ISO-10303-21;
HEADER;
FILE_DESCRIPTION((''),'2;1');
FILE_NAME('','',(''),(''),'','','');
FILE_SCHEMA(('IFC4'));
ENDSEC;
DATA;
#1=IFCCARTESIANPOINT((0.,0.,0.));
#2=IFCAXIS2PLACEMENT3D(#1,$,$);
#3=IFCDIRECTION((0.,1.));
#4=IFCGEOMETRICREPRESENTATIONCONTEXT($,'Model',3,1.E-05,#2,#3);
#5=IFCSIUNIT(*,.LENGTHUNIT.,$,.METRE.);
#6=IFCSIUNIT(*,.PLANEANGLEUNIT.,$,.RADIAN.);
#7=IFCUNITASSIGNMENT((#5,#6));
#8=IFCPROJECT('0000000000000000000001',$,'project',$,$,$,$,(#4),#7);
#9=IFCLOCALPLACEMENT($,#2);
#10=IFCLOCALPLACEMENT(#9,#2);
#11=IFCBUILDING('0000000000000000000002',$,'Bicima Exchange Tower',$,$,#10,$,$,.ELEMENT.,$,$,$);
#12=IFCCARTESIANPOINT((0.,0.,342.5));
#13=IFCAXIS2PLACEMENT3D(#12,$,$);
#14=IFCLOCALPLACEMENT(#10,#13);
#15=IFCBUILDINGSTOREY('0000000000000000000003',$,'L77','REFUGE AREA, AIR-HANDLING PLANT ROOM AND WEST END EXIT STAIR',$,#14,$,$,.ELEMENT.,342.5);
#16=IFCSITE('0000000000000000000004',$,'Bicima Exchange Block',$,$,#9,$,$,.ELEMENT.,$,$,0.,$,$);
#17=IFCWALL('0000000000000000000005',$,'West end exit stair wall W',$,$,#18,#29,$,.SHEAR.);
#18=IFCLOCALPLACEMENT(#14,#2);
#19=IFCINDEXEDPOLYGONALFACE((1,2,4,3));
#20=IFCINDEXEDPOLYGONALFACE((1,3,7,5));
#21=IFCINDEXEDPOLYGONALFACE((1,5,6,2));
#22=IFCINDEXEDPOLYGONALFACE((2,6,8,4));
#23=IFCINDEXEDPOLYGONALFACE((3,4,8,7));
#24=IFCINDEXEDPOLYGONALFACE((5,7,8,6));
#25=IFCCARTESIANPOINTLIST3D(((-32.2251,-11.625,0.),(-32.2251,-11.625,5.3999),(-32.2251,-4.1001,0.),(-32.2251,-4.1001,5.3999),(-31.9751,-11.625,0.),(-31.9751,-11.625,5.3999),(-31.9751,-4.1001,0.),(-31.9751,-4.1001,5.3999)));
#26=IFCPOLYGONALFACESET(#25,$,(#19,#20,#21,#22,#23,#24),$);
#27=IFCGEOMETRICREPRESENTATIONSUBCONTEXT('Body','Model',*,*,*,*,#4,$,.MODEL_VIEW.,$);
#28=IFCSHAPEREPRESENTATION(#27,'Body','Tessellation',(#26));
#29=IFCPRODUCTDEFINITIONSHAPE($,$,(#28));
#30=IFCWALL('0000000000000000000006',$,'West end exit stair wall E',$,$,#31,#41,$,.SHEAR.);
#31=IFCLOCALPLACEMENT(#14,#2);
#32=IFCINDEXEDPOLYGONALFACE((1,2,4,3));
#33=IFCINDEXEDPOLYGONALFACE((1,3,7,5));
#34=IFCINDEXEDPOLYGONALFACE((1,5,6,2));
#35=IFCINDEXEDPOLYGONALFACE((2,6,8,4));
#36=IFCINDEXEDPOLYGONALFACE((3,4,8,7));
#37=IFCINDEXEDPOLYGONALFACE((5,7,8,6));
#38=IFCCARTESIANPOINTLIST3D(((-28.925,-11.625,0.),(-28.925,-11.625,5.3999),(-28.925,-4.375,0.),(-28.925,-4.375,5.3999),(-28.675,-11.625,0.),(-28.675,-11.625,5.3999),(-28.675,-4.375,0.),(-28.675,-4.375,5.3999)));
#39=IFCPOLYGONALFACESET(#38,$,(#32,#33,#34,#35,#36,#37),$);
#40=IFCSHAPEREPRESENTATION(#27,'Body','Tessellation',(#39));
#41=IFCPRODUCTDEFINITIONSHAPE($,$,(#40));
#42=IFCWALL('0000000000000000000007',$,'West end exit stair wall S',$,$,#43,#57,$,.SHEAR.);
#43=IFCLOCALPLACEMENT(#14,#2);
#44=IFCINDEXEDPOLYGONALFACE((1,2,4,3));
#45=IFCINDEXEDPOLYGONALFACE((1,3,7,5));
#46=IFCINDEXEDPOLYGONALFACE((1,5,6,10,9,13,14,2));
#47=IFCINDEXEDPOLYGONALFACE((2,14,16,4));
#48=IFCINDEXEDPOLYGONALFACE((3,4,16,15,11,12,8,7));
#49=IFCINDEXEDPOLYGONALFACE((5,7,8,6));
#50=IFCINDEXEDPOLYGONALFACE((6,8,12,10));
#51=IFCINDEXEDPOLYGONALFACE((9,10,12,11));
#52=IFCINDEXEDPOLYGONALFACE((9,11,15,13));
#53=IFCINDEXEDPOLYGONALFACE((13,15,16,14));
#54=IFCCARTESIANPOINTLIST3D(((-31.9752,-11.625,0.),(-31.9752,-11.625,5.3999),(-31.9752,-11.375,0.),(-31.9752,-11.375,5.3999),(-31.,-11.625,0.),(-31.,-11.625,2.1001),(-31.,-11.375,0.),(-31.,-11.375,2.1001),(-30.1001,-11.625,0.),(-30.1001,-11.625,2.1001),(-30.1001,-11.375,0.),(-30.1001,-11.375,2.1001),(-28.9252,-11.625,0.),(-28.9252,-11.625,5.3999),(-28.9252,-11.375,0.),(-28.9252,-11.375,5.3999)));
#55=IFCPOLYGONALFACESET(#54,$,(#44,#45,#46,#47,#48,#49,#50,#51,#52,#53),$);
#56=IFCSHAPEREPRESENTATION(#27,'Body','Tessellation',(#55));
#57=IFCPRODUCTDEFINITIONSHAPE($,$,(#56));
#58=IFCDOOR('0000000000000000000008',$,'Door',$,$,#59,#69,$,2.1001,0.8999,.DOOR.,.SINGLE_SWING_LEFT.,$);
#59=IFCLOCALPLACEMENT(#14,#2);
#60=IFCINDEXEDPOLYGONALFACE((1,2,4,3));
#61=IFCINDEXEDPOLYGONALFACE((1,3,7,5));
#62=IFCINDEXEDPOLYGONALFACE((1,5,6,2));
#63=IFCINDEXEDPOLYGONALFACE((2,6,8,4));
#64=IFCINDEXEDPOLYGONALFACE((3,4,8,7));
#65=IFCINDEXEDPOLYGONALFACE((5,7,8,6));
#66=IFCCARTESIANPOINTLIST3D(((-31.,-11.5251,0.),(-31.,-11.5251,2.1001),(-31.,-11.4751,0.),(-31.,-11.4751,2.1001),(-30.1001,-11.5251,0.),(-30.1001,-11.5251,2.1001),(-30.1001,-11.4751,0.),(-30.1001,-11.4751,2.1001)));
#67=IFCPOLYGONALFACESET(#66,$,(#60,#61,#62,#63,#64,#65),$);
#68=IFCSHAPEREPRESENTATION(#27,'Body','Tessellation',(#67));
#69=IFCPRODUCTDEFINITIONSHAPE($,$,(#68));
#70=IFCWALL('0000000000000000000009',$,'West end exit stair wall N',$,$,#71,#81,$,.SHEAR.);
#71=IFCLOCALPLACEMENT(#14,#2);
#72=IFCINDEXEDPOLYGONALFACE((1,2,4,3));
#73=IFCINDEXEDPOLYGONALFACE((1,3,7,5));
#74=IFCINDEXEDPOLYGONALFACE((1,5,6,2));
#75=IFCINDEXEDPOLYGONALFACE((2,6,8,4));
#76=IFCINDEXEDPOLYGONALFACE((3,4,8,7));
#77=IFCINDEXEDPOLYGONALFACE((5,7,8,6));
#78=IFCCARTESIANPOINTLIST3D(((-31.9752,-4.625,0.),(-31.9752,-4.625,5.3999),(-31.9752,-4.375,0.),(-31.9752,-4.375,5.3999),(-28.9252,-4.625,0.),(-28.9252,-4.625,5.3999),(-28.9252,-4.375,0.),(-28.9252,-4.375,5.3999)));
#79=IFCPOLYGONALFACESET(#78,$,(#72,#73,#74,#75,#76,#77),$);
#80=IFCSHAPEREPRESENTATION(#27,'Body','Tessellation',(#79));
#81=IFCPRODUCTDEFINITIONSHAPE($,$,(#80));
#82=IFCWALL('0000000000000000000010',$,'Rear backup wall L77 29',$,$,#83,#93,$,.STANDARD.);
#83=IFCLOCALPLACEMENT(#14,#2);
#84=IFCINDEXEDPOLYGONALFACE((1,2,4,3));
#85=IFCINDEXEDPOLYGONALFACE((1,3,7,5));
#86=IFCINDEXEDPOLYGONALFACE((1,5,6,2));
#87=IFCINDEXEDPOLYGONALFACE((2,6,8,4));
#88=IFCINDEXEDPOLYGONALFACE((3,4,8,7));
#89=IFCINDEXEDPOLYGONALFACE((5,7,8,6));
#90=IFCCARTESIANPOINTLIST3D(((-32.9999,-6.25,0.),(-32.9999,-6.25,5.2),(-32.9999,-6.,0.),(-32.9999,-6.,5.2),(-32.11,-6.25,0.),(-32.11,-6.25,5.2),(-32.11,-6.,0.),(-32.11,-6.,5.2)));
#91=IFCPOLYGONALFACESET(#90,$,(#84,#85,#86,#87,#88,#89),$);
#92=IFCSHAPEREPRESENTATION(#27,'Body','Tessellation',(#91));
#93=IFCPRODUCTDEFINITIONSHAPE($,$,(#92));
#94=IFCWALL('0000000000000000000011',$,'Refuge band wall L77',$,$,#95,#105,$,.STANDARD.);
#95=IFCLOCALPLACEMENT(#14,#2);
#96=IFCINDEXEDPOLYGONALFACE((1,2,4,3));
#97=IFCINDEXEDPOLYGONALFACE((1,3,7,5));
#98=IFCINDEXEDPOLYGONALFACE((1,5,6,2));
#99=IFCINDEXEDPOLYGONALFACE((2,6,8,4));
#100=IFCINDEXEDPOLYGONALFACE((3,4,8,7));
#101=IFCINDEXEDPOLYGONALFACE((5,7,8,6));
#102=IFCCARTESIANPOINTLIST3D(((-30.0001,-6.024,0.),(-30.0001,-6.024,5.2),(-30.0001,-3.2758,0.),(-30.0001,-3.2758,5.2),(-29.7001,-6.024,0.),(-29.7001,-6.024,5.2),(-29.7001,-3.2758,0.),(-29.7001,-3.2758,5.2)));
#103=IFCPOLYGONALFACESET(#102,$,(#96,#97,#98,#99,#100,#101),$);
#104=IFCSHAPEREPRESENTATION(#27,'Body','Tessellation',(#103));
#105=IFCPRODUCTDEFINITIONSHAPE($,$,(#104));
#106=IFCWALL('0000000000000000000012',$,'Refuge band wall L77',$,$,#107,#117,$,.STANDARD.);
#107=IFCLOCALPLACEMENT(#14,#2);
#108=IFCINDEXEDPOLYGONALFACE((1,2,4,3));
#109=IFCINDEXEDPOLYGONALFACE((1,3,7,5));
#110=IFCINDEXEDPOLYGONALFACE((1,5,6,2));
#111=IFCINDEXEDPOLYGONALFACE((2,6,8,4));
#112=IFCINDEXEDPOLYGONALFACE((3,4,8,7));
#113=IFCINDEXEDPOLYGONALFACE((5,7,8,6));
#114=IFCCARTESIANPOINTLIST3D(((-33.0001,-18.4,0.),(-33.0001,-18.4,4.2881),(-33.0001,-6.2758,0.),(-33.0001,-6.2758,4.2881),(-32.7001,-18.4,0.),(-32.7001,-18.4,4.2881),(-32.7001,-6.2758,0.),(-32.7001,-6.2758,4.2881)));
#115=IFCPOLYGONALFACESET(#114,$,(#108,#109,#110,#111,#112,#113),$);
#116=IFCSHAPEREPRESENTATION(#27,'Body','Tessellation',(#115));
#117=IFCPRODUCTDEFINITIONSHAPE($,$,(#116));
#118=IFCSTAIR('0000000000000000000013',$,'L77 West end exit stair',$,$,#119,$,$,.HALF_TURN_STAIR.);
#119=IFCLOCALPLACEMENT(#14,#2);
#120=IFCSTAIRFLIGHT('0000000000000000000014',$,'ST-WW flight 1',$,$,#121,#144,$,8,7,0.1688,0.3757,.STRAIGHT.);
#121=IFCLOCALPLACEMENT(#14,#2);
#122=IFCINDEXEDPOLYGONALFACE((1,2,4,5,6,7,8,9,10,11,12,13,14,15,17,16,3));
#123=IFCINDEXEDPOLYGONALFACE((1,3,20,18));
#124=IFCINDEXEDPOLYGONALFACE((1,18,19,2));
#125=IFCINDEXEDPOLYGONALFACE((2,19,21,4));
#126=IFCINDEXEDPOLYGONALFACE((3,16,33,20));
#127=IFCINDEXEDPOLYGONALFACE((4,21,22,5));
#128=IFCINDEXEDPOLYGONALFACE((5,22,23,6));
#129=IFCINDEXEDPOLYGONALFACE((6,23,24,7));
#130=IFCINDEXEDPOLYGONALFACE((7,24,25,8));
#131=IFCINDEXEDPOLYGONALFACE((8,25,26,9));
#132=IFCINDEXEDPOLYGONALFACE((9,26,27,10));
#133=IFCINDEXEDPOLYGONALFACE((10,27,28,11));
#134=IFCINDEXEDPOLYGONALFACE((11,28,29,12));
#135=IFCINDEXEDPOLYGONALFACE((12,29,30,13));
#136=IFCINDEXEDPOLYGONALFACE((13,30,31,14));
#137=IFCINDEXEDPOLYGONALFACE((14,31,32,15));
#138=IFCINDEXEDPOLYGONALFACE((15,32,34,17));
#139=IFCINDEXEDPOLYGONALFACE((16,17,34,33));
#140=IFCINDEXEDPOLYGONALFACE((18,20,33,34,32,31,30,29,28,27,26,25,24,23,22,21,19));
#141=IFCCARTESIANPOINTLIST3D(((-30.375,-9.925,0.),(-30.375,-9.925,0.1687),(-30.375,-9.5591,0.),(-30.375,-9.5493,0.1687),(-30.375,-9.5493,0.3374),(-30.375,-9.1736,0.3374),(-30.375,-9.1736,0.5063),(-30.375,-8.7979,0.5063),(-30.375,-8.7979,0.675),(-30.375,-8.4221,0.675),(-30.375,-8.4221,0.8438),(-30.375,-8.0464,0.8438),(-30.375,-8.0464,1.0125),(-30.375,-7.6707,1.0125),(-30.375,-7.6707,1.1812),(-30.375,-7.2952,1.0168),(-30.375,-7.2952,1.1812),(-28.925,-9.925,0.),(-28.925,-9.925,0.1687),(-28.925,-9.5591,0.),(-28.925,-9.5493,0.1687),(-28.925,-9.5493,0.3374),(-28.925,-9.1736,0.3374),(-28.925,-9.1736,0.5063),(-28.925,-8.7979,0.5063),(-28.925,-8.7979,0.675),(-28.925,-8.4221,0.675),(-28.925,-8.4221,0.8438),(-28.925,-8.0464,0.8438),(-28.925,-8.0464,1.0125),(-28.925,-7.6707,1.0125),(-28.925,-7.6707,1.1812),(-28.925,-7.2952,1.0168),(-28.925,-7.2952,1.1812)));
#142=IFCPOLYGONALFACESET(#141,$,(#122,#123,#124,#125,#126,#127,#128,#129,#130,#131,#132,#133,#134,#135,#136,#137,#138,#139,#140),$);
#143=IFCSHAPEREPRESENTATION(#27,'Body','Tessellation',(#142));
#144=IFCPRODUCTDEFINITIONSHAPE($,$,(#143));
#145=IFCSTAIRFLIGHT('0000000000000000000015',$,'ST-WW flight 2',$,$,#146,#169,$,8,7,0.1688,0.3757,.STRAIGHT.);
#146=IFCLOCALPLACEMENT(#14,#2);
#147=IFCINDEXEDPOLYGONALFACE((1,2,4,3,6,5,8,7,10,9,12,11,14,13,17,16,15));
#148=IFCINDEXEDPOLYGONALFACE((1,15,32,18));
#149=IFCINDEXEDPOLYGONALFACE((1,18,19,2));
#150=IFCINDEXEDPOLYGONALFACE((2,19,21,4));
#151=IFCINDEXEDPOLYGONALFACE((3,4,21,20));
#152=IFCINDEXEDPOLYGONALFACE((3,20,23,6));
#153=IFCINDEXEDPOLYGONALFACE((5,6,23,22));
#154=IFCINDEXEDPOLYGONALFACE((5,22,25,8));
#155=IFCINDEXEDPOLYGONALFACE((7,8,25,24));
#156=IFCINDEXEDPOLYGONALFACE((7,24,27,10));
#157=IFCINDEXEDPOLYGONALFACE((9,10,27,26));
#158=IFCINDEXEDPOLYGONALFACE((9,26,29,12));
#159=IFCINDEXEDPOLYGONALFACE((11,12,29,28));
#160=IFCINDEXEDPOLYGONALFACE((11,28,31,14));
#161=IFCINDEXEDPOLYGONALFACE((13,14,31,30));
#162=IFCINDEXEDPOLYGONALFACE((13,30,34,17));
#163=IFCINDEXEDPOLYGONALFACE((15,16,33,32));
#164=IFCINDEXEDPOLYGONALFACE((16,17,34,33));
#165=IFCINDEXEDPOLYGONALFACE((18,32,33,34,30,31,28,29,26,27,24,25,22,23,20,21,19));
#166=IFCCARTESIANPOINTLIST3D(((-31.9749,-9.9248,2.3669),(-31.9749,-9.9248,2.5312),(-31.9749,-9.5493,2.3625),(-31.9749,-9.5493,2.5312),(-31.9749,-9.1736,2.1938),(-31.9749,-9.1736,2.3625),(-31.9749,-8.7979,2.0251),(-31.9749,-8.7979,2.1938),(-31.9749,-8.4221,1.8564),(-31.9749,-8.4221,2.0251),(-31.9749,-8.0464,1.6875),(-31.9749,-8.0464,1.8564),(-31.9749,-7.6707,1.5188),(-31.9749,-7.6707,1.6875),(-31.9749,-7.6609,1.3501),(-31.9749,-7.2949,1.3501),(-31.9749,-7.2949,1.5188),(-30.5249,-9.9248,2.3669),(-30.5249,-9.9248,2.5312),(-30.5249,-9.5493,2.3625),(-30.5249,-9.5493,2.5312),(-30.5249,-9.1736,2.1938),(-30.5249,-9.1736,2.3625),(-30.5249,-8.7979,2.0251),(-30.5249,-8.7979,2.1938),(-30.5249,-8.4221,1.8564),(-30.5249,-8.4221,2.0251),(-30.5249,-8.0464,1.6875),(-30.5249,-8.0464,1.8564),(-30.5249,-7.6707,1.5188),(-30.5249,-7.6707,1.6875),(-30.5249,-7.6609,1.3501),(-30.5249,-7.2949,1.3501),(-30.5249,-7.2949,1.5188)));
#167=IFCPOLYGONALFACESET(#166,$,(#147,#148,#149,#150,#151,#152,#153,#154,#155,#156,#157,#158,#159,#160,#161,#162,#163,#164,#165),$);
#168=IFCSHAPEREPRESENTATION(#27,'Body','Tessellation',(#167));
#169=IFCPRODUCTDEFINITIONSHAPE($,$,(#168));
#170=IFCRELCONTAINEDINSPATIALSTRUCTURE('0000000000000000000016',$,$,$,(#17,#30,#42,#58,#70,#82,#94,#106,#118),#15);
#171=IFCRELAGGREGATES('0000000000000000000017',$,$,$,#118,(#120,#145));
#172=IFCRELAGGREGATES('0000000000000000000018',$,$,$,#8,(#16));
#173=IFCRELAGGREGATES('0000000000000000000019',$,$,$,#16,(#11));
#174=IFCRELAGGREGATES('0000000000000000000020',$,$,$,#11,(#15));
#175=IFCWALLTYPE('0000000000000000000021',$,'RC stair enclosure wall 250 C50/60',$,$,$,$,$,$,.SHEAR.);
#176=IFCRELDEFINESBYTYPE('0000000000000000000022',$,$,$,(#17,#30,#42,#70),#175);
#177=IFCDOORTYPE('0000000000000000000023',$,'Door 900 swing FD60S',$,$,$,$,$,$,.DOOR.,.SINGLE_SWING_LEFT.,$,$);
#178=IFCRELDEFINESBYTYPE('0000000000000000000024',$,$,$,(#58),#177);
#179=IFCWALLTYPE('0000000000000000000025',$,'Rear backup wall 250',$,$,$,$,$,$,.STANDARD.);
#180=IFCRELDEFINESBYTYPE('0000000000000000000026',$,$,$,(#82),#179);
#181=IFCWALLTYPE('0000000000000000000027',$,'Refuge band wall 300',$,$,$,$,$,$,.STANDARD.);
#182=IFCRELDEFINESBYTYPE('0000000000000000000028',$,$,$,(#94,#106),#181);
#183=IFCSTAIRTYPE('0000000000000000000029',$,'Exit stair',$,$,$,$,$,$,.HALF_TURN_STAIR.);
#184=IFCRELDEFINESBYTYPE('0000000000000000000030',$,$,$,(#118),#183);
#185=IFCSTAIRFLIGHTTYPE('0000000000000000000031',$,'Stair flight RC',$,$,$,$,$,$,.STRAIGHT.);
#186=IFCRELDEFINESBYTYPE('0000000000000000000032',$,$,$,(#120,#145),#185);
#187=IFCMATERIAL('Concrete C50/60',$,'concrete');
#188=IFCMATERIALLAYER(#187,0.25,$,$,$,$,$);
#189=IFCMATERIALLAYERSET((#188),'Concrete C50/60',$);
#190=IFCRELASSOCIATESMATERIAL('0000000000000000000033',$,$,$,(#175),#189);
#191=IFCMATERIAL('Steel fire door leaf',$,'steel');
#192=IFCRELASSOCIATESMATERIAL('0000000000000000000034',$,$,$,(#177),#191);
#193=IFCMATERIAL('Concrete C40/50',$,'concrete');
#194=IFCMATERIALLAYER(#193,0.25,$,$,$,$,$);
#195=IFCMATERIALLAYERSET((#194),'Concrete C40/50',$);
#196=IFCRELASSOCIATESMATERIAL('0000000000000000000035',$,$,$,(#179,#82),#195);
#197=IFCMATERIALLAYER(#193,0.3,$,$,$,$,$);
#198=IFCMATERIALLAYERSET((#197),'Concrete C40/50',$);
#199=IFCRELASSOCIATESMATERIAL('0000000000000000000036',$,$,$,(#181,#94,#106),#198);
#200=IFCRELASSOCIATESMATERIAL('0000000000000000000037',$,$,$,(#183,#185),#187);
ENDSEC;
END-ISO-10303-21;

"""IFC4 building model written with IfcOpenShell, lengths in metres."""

from ifc_helpers import new_model, si_unit, direction, frame, frame_2d, origin, place, context, subcontext, project, spatial, polyline, rectangle, outline, extrude, material, layer, layer_set, layer_usage, type_object, element, fill, aggregate, save


model = new_model("IFC4")

# Units and contexts
model_context = context("Model", 3, precision=1e-05, world=origin(), true_north=direction((0.0, 1.0)))
body_context = subcontext(model_context, "Body", "Model", "MODEL_VIEW")
ifc_project = project(units=[si_unit("LENGTHUNIT", "METRE"), si_unit("PLANEANGLEUNIT", "RADIAN")], contexts=[model_context])

# Site, building, storey
site_placement = place(None, origin())
site = spatial("IfcSite", under=ifc_project, at=site_placement, Name="Bicima Exchange Block", CompositionType="ELEMENT", RefElevation=0.0)
building_placement = place(site_placement, origin())
building = spatial("IfcBuilding", under=site, at=building_placement, Name="Bicima Exchange Tower", CompositionType="ELEMENT")
storey_placement = place(building_placement, frame((0.0, 0.0, 342.5)))
storey = spatial("IfcBuildingStorey", under=building, at=storey_placement, Name="L77", Description="REFUGE AREA, AIR-HANDLING PLANT ROOM AND WEST END EXIT STAIR", CompositionType="ELEMENT", Elevation=342.5)

# Walls
ifc_material_1 = material(Name="Concrete C50/60", Category="concrete")
ifc_layer_1 = layer(ifc_material_1, 0.25)
ifc_layer_set_1 = layer_set([ifc_layer_1], Name="Concrete C50/60")
wall_type_1 = type_object("IfcWallType", Name="RC stair enclosure wall 250 C50/60", PredefinedType="SHEAR", material=ifc_layer_set_1)
wall_1_placement = place(storey_placement, frame((-32.1001, -11.625, 0.0), z_axis=(0.0, 0.0, 1.0), x_axis=(0.0, 1.0, 0.0)))
element("IfcWall", 1, at=wall_1_placement, inside=storey, type_object=wall_type_1, Name="West end exit stair wall W", PredefinedType="SHEAR", context=body_context, shape_type="SweptSolid", body=[
    extrude(rectangle(XDim=7.5249, YDim=0.25, at=frame_2d((3.7625, 0.0))), origin(), (0.0, 0.0, 1.0), 5.3999),
])
wall_2_placement = place(storey_placement, frame((-28.8, -11.625, 0.0), z_axis=(0.0, 0.0, 1.0), x_axis=(0.0, 1.0, 0.0)))
element("IfcWall", 2, at=wall_2_placement, inside=storey, type_object=wall_type_1, Name="West end exit stair wall E", PredefinedType="SHEAR", context=body_context, shape_type="SweptSolid", body=[
    extrude(rectangle(XDim=7.25, YDim=0.25, at=frame_2d((3.625, 0.0))), origin(), (0.0, 0.0, 1.0), 5.3999),
])

# Wall, opening, door
wall_3_placement = place(storey_placement, frame((-31.9751, -11.5, 0.0), z_axis=(0.0, 0.0, 1.0), x_axis=(1.0, 0.0, 0.0)))
wall_3 = element("IfcWall", 3, at=wall_3_placement, inside=storey, type_object=wall_type_1, Name="West end exit stair wall S", PredefinedType="SHEAR", context=body_context, shape_type="SweptSolid", body=[
    extrude(rectangle(XDim=3.05, YDim=0.25, at=frame_2d((1.5249, 0.0))), origin(), (0.0, 0.0, 1.0), 5.3999),
])
opening_placement = place(wall_3_placement, frame((0.9751, 0.0, 0.0)))
opening = element("IfcOpeningElement", 4, at=opening_placement, cuts=wall_3, PredefinedType="OPENING", context=body_context, shape_type="SweptSolid", body=[
    extrude(rectangle(XDim=0.8999, YDim=2.1001, at=frame_2d((0.45, 1.05))), frame((0.0, 0.137, 0.0), z_axis=(0.0, -1.0, 0.0), x_axis=(1.0, 0.0, 0.0)), (0.0, 0.0, 1.0), 0.2739),
])
ifc_material_2 = material(Name="Steel fire door leaf", Category="steel")
door_type = type_object("IfcDoorType", Name="Door 900 swing FD60S", OperationType="SINGLE_SWING_LEFT", PredefinedType="DOOR", material=ifc_material_2)
door_placement = place(opening_placement, origin())
door = element("IfcDoor", 5, at=door_placement, inside=storey, type_object=door_type, Name="Door", OperationType="SINGLE_SWING_LEFT", OverallHeight=2.1001, OverallWidth=0.8999, PredefinedType="DOOR", context=body_context, shape_type="SweptSolid", body=[
    extrude(rectangle(XDim=0.8999, YDim=2.1001, at=frame_2d((0.45, 1.05))), frame((0.0, 0.0249, 0.0), z_axis=(0.0, -1.0, 0.0), x_axis=(1.0, 0.0, 0.0)), (0.0, 0.0, 1.0), 0.05),
])
fill(opening, door)

# Walls
wall_4_placement = place(storey_placement, frame((-31.9751, -4.5, 0.0), z_axis=(0.0, 0.0, 1.0), x_axis=(1.0, 0.0, 0.0)))
element("IfcWall", 6, at=wall_4_placement, inside=storey, type_object=wall_type_1, Name="West end exit stair wall N", PredefinedType="SHEAR", context=body_context, shape_type="SweptSolid", body=[
    extrude(rectangle(XDim=3.05, YDim=0.25, at=frame_2d((1.5249, 0.0))), origin(), (0.0, 0.0, 1.0), 5.3999),
])
ifc_material_3 = material(Name="Concrete C40/50", Category="concrete")
ifc_layer_2 = layer(ifc_material_3, 0.25)
ifc_layer_set_2 = layer_set([ifc_layer_2], Name="Concrete C40/50")
ifc_layer_usage_1 = layer_usage(ifc_layer_set_2, "AXIS2", "POSITIVE", -0.125)
wall_type_2 = type_object("IfcWallType", Name="Rear backup wall 250", PredefinedType="STANDARD", material=ifc_layer_set_2)
wall_5_placement = place(storey_placement, frame((-32.1101, -6.125, 0.0), z_axis=(0.0, 0.0, 1.0), x_axis=(-1.0, 0.0, 0.0)))
element("IfcWall", 7, at=wall_5_placement, inside=storey, type_object=wall_type_2, material=ifc_layer_usage_1, Name="Rear backup wall L77 29", PredefinedType="STANDARD", context=body_context, shape_type="SweptSolid", body=[
    extrude(rectangle(XDim=0.8899, YDim=0.25, at=frame_2d((0.4448, 0.0))), origin(), (0.0, 0.0, 1.0), 5.2),
])
ifc_layer_3 = layer(ifc_material_3, 0.3)
ifc_layer_set_3 = layer_set([ifc_layer_3], Name="Concrete C40/50")
ifc_layer_usage_2 = layer_usage(ifc_layer_set_3, "AXIS2", "POSITIVE", -0.15)
wall_type_3 = type_object("IfcWallType", Name="Refuge band wall 300", PredefinedType="STANDARD", material=ifc_layer_set_3)
wall_6_placement = place(storey_placement, frame((-29.8501, -3.2759, 0.0), z_axis=(0.0, 0.0, 1.0), x_axis=(0.0, -1.0, 0.0)))
element("IfcWall", 8, at=wall_6_placement, inside=storey, type_object=wall_type_3, material=ifc_layer_usage_2, Name="Refuge band wall L77", PredefinedType="STANDARD", context=body_context, shape_type="SweptSolid", body=[
    extrude(rectangle(XDim=2.7483, YDim=0.3, at=frame_2d((1.374, 0.0))), origin(), (0.0, 0.0, 1.0), 5.2),
])
wall_7_placement = place(storey_placement, frame((-32.8501, -6.2759, 0.0), z_axis=(0.0, 0.0, 1.0), x_axis=(0.0, -1.0, 0.0)))
element("IfcWall", 9, at=wall_7_placement, inside=storey, type_object=wall_type_3, material=ifc_layer_usage_2, Name="Refuge band wall L77", PredefinedType="STANDARD", context=body_context, shape_type="SweptSolid", body=[
    extrude(rectangle(XDim=12.1243, YDim=0.3, at=frame_2d((6.062, 0.0))), origin(), (0.0, 0.0, 1.0), 4.2881),
])

# Stair, stair flights
stair_type = type_object("IfcStairType", Name="Exit stair", PredefinedType="HALF_TURN_STAIR", material=ifc_material_1)
stair_placement = place(storey_placement, origin())
stair = element("IfcStair", 10, at=stair_placement, inside=storey, type_object=stair_type, Name="L77 West end exit stair", PredefinedType="HALF_TURN_STAIR")
stair_flight_type = type_object("IfcStairFlightType", Name="Stair flight RC", PredefinedType="STRAIGHT", material=ifc_material_1)
stair_flight_1_placement = place(storey_placement, frame((-29.6499, -9.925, 0.0), z_axis=(0.0, 0.0, 1.0), x_axis=(0.0, 1.0, 0.0)))
stair_flight_1 = element("IfcStairFlight", 11, at=stair_flight_1_placement, type_object=stair_flight_type, Name="ST-WW flight 1", NumberOfRisers=8, NumberOfTreads=7, PredefinedType="STRAIGHT", RiserHeight=0.1688, TreadLength=0.3757, context=body_context, shape_type="SweptSolid", body=[
    extrude(outline(polyline([(0.0, 0.0), (0.0, 0.1687), (0.3757, 0.1687), (0.3757, 0.3374), (0.7515, 0.3374), (0.7515, 0.5063), (1.1272, 0.5063), (1.1272, 0.675), (1.5029, 0.675), (1.5029, 0.8438), (1.8787, 0.8438), (1.8787, 1.0125), (2.2544, 1.0125), (2.2544, 1.1812), (2.6299, 1.1812), (2.6299, 1.3501), (2.6299, 1.0168), (0.366, 0.0), (0.0, 0.0)])), frame((0.0, 0.7251, 0.0), z_axis=(0.0, -1.0, 0.0), x_axis=(1.0, 0.0, 0.0)), (0.0, 0.0, 1.0), 1.45),
])
stair_flight_2_placement = place(storey_placement, frame((-31.25, -7.2949, 1.3501), z_axis=(0.0, 0.0, 1.0), x_axis=(0.0, -1.0, 0.0)))
stair_flight_2 = element("IfcStairFlight", 12, at=stair_flight_2_placement, type_object=stair_flight_type, Name="ST-WW flight 2", NumberOfRisers=8, NumberOfTreads=7, PredefinedType="STRAIGHT", RiserHeight=0.1688, TreadLength=0.3757, context=body_context, shape_type="SweptSolid", body=[
    extrude(outline(polyline([(0.0, 0.0), (0.0, 0.1687), (0.3757, 0.1687), (0.3757, 0.3374), (0.7515, 0.3374), (0.7515, 0.5063), (1.1272, 0.5063), (1.1272, 0.675), (1.5029, 0.675), (1.5029, 0.8438), (1.8787, 0.8438), (1.8787, 1.0125), (2.2544, 1.0125), (2.2544, 1.1812), (2.6299, 1.1812), (2.6299, 1.3501), (2.6299, 1.0168), (0.366, 0.0), (0.0, 0.0)])), frame((0.0, 0.7251, 0.0), z_axis=(0.0, -1.0, 0.0), x_axis=(1.0, 0.0, 0.0)), (0.0, 0.0, 1.0), 1.45),
])
aggregate(stair, [stair_flight_1, stair_flight_2])

save(model, "model.ifc")
